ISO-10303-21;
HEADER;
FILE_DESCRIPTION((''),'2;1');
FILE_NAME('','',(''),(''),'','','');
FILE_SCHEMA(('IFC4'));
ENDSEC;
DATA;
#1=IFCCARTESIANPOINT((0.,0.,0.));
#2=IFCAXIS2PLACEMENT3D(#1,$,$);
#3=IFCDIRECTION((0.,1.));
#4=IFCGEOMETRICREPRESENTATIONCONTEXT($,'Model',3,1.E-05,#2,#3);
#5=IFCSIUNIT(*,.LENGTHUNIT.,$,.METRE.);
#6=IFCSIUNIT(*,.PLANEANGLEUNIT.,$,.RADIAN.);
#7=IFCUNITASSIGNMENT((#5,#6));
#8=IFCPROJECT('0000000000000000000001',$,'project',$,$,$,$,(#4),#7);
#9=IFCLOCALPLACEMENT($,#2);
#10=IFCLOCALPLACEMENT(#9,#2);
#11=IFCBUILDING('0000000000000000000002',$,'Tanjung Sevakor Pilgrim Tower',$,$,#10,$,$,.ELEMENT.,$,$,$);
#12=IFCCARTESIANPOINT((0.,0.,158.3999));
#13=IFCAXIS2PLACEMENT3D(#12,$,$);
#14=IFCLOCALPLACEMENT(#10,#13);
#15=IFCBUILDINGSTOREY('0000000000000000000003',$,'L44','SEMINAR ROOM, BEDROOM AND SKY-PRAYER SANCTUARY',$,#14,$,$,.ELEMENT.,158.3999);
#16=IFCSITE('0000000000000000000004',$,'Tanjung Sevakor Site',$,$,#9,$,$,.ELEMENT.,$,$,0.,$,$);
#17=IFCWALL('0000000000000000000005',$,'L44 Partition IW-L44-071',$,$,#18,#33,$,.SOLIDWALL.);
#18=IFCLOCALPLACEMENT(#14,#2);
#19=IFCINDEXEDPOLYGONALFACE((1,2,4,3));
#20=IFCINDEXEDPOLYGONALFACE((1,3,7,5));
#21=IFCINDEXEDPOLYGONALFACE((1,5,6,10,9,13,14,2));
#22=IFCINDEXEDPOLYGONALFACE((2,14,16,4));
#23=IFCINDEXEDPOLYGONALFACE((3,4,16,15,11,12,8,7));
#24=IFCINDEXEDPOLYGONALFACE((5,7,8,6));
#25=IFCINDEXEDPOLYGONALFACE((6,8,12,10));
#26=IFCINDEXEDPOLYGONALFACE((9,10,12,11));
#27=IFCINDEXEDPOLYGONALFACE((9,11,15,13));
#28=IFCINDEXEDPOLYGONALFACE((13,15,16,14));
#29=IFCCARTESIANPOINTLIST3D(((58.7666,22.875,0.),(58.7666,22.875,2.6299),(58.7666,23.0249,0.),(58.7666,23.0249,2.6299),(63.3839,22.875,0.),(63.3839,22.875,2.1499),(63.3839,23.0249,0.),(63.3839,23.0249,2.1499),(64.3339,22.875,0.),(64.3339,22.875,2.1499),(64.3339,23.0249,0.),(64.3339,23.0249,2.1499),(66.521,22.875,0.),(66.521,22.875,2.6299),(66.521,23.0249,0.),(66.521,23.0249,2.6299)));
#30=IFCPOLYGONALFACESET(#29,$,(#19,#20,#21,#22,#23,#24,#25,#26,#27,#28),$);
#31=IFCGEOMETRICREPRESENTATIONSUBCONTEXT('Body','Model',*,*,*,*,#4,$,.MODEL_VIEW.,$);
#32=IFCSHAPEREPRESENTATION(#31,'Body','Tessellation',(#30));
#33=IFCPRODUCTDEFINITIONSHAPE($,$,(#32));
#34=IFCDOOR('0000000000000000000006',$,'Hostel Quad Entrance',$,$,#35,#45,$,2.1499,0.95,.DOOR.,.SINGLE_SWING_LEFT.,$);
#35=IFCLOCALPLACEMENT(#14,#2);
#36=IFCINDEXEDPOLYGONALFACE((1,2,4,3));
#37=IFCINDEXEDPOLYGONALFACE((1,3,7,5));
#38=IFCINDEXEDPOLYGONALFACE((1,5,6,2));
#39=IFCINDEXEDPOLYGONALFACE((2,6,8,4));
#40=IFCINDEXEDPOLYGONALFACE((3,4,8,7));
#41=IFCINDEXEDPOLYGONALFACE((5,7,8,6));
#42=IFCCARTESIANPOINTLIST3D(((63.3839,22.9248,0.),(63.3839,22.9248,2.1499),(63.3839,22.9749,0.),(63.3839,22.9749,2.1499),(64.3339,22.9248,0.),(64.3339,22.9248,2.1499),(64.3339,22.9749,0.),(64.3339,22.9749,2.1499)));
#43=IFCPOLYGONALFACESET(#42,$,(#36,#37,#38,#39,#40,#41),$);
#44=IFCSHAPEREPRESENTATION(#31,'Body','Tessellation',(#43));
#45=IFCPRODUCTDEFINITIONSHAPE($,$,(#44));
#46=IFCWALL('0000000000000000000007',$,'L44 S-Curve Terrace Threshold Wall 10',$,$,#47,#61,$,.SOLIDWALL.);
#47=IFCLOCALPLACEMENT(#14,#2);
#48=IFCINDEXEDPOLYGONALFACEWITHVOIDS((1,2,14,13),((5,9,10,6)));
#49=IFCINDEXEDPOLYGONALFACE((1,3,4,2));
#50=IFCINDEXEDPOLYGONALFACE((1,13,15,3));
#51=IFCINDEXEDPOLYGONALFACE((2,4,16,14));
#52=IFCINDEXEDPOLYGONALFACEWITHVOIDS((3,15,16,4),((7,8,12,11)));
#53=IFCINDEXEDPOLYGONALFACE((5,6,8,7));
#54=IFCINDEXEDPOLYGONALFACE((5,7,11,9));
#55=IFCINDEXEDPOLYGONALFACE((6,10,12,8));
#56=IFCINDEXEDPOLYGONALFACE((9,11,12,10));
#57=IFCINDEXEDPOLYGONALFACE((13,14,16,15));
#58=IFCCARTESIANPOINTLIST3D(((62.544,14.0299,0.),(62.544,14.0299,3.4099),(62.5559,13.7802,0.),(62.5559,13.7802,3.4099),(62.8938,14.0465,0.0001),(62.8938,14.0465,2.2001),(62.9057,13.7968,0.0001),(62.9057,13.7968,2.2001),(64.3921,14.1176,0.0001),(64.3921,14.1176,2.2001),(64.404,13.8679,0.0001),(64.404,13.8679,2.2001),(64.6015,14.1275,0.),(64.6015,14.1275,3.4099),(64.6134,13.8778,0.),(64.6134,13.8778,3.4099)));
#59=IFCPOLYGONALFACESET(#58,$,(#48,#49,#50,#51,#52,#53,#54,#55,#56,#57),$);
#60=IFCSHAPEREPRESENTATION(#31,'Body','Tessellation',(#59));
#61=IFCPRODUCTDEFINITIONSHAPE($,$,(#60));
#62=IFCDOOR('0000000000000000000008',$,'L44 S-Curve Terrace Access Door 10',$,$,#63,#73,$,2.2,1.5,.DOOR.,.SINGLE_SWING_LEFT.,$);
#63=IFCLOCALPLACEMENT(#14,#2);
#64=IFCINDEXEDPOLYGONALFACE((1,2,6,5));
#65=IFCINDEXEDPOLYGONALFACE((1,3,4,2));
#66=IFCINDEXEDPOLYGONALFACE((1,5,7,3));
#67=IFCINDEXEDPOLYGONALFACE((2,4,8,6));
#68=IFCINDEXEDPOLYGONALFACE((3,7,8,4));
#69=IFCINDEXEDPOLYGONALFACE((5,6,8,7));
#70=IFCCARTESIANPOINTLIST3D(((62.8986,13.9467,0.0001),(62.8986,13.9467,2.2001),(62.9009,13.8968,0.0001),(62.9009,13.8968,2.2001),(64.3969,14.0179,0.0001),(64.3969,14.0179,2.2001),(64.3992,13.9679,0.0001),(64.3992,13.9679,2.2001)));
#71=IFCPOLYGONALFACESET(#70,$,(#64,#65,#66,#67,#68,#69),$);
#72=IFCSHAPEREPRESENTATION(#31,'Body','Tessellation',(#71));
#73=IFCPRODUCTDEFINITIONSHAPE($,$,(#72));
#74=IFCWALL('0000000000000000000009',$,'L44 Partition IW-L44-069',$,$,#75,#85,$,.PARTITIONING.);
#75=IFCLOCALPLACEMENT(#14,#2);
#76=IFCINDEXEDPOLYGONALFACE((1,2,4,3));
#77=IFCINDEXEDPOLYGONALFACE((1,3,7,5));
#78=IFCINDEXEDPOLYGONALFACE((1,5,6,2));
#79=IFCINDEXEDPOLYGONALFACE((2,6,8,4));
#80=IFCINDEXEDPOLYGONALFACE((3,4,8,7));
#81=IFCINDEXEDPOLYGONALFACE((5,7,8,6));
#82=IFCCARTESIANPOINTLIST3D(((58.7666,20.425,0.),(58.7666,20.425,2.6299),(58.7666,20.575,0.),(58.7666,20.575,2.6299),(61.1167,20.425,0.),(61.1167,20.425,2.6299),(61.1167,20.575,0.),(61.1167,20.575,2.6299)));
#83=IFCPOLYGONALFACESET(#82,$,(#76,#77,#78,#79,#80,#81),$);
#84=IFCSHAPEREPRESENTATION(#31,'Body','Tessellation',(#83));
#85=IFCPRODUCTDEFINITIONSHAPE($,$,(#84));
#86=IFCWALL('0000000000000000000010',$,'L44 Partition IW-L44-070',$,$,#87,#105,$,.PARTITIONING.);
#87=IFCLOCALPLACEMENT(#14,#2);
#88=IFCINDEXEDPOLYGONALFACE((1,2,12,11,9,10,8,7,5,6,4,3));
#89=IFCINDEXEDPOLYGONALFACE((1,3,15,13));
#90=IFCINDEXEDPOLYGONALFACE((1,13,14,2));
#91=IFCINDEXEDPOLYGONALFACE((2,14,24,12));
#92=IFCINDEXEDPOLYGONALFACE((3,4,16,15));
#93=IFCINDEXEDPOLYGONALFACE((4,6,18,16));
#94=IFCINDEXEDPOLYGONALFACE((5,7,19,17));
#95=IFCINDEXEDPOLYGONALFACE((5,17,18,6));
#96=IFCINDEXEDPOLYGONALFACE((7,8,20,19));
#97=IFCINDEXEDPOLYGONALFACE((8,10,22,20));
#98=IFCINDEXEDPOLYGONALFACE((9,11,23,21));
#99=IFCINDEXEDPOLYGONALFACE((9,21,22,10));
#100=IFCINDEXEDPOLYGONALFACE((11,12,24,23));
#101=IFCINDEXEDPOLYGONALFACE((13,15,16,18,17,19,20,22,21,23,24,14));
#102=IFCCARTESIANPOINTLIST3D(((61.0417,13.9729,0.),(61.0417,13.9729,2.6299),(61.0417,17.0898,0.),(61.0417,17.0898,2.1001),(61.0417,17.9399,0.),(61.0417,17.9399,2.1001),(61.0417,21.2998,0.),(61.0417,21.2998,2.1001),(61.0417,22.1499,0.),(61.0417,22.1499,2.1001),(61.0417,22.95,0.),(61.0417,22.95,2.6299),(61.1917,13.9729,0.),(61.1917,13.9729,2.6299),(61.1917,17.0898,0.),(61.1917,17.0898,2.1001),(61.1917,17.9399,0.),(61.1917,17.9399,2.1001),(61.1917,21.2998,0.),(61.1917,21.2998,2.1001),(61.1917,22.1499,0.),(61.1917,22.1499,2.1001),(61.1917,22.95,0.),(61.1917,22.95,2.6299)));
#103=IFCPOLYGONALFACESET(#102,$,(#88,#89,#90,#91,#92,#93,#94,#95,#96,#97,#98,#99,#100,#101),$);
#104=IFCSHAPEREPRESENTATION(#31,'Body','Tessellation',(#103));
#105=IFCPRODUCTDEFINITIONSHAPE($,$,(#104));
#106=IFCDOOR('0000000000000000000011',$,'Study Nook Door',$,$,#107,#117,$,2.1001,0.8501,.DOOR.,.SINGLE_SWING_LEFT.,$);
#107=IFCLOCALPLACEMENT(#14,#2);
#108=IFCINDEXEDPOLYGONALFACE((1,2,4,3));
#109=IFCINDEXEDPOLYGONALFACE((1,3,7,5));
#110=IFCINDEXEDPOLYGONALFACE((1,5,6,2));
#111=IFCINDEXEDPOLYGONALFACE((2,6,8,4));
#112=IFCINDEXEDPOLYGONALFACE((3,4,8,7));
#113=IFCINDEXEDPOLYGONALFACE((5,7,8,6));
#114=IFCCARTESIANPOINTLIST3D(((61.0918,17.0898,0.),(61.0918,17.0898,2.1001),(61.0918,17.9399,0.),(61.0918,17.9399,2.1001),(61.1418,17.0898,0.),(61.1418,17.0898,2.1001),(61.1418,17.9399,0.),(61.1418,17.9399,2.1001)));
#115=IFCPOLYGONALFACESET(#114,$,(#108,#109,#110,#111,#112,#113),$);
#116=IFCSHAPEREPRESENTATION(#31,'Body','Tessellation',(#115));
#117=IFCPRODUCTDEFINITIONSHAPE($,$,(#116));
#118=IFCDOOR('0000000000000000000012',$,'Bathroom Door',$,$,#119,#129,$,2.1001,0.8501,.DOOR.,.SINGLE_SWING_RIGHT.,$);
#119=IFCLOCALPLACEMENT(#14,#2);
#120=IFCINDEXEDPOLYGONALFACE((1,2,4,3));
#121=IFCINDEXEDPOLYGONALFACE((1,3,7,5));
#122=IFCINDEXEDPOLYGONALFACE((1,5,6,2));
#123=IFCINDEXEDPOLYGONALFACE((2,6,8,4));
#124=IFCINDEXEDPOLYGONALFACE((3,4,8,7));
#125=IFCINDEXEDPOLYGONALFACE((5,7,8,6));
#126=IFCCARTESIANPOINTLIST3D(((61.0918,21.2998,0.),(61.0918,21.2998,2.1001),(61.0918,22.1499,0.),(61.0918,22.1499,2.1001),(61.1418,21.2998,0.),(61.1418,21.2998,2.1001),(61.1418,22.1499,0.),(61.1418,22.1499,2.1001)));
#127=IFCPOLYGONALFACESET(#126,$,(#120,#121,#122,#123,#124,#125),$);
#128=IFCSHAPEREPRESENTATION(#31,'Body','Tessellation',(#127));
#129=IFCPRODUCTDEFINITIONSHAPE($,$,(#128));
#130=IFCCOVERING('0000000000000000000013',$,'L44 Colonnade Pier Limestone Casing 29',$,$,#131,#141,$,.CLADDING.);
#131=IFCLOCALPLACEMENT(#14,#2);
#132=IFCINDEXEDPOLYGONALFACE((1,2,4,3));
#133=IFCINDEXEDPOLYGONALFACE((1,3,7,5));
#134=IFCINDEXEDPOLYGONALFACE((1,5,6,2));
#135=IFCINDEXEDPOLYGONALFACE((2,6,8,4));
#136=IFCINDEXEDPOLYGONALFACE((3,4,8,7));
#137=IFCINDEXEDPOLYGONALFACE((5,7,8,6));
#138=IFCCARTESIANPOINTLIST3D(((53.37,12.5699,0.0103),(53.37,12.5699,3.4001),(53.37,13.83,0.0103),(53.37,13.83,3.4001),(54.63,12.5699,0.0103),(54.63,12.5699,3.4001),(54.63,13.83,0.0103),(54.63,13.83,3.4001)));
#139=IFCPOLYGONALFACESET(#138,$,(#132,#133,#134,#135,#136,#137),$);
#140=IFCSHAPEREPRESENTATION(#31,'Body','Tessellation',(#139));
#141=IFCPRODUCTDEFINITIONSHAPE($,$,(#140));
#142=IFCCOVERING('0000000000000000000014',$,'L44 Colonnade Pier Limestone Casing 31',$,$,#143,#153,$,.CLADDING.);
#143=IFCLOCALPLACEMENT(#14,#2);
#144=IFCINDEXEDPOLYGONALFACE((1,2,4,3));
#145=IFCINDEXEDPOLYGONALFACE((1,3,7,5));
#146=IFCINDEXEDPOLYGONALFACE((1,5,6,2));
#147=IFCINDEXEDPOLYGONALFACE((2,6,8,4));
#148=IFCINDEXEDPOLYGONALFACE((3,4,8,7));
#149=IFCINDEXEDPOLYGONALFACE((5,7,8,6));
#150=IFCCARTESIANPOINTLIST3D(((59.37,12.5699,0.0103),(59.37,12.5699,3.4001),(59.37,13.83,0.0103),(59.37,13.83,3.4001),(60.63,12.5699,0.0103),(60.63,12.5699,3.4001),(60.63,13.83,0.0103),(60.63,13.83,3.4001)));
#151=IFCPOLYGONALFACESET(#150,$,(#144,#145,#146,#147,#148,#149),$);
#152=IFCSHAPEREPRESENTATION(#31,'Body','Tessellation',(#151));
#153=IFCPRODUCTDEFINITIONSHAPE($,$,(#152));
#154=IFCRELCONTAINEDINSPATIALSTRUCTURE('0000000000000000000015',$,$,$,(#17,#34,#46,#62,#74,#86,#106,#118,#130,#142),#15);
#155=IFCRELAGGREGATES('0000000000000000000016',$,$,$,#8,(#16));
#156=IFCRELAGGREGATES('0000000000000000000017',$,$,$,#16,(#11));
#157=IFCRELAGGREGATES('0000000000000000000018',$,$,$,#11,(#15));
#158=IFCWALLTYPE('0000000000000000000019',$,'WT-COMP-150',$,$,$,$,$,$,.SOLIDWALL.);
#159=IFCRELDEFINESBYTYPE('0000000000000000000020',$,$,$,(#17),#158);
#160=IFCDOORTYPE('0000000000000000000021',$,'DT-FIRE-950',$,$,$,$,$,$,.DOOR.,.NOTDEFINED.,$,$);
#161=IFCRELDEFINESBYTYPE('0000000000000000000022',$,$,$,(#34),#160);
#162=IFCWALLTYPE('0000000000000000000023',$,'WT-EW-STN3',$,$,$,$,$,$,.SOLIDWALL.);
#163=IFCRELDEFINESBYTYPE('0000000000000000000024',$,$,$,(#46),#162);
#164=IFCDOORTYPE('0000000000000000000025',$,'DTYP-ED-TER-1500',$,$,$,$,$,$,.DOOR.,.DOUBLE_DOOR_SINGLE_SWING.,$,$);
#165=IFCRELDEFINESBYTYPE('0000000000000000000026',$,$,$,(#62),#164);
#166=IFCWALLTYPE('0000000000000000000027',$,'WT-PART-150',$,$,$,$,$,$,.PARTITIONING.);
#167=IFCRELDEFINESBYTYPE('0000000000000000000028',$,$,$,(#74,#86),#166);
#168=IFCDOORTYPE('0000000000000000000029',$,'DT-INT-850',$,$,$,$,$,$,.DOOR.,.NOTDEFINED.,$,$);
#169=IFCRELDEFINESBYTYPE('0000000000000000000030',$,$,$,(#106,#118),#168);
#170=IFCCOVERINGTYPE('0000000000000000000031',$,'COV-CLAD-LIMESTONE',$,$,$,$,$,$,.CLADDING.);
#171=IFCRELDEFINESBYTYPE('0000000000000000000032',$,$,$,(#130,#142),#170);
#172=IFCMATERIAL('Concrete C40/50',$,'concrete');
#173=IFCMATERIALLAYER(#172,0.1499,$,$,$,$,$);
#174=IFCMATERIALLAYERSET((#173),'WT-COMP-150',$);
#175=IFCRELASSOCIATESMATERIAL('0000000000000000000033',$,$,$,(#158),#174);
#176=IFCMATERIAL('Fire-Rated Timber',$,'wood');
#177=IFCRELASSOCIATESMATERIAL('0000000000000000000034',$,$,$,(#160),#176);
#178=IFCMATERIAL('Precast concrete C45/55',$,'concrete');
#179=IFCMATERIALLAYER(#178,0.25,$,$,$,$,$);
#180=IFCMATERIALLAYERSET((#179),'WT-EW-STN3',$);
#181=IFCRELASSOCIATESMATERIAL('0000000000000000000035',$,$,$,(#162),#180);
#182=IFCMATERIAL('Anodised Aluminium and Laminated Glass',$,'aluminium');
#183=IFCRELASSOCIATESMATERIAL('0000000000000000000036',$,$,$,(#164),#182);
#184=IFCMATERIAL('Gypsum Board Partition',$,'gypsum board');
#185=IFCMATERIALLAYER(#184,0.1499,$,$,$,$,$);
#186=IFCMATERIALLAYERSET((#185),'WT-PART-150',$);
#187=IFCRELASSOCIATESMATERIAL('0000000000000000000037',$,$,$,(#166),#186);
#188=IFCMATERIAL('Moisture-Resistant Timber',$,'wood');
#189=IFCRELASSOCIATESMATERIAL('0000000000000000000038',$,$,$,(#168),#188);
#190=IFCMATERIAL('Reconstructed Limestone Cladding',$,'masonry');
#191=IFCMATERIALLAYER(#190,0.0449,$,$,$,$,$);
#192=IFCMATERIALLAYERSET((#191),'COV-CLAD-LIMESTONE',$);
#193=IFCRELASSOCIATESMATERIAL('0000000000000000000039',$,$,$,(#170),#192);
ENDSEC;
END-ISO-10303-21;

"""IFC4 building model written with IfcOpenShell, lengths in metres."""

from ifc_helpers import new_model, si_unit, direction, frame, frame_2d, origin, origin_2d, place, context, subcontext, project, spatial, rectangle, extrude, material, layer, layer_set, type_object, element, fill, save


model = new_model("IFC4")

# Units and contexts
model_context = context("Model", 3, precision=1e-05, world=origin(), true_north=direction((0.0, 1.0)))
body_context = subcontext(model_context, "Body", "Model", "MODEL_VIEW")
ifc_project = project(units=[si_unit("LENGTHUNIT", "METRE"), si_unit("PLANEANGLEUNIT", "RADIAN")], contexts=[model_context])

# Site, building, storey
site_placement = place(None, origin())
site = spatial("IfcSite", under=ifc_project, at=site_placement, Name="Tanjung Sevakor Site", CompositionType="ELEMENT", RefElevation=0.0)
building_placement = place(site_placement, origin())
building = spatial("IfcBuilding", under=site, at=building_placement, Name="Tanjung Sevakor Pilgrim Tower", CompositionType="ELEMENT")
storey_placement = place(building_placement, frame((0.0, 0.0, 158.3999)))
storey = spatial("IfcBuildingStorey", under=building, at=storey_placement, Name="L44", Description="SEMINAR ROOM, BEDROOM AND SKY-PRAYER SANCTUARY", CompositionType="ELEMENT", Elevation=158.3999)

# Shared definitions
ifc_material_1 = material(Name="Concrete C40/50", Category="concrete")
ifc_layer_1 = layer(ifc_material_1, 0.1499)
ifc_layer_set_1 = layer_set([ifc_layer_1], Name="WT-COMP-150")
wall_type_1 = type_object("IfcWallType", Name="WT-COMP-150", PredefinedType="SOLIDWALL", material=ifc_layer_set_1)

# Walls, openings, doors
wall_1_placement = place(storey_placement, frame((58.7666, 22.95, 0.0), z_axis=(0.0, 0.0, 1.0), x_axis=(1.0, 0.0, 0.0)))
wall_1 = element("IfcWall", 1, at=wall_1_placement, inside=storey, type_object=wall_type_1, Name="L44 Partition IW-L44-071", PredefinedType="SOLIDWALL", context=body_context, shape_type="SweptSolid", body=[
    extrude(rectangle(XDim=7.7544, YDim=0.1499, at=frame_2d((3.8772, 0.0))), origin(), (0.0, 0.0, 1.0), 2.6299),
])
opening_1_placement = place(wall_1_placement, frame((4.6172, 0.0, 0.0)))
opening_1 = element("IfcOpeningElement", 2, at=opening_1_placement, cuts=wall_1, PredefinedType="OPENING", context=body_context, shape_type="SweptSolid", body=[
    extrude(rectangle(XDim=0.95, YDim=2.1499, at=frame_2d((0.4751, 1.075))), frame((0.0, 0.085, 0.0), z_axis=(0.0, -1.0, 0.0), x_axis=(1.0, 0.0, 0.0)), (0.0, 0.0, 1.0), 0.1699),
])
ifc_material_2 = material(Name="Fire-Rated Timber", Category="wood")
door_type_1 = type_object("IfcDoorType", Name="DT-FIRE-950", OperationType="NOTDEFINED", PredefinedType="DOOR", material=ifc_material_2)
door_1_placement = place(opening_1_placement, origin())
door_1 = element("IfcDoor", 3, at=door_1_placement, inside=storey, type_object=door_type_1, Name="Hostel Quad Entrance", OperationType="SINGLE_SWING_LEFT", OverallHeight=2.1499, OverallWidth=0.95, PredefinedType="DOOR", context=body_context, shape_type="SweptSolid", body=[
    extrude(rectangle(XDim=0.95, YDim=2.1499, at=frame_2d((0.4751, 1.075))), frame((0.0, 0.0249, 0.0), z_axis=(0.0, -1.0, 0.0), x_axis=(1.0, 0.0, 0.0)), (0.0, 0.0, 1.0), 0.05),
])
fill(opening_1, door_1)
ifc_material_3 = material(Name="Precast concrete C45/55", Category="concrete")
ifc_layer_2 = layer(ifc_material_3, 0.25)
ifc_layer_set_2 = layer_set([ifc_layer_2], Name="WT-EW-STN3")
wall_type_2 = type_object("IfcWallType", Name="WT-EW-STN3", PredefinedType="SOLIDWALL", material=ifc_layer_set_2)
wall_2_placement = place(storey_placement, frame((62.55, 13.905, 0.0), z_axis=(0.0, 0.0, 1.0), x_axis=(0.998876, 0.047407, 0.0)))
wall_2 = element("IfcWall", 4, at=wall_2_placement, inside=storey, type_object=wall_type_2, Name="L44 S-Curve Terrace Threshold Wall 10", PredefinedType="SOLIDWALL", context=body_context, shape_type="SweptSolid", body=[
    extrude(rectangle(XDim=2.0598, YDim=0.25, at=frame_2d((1.0298, 0.0))), origin(), (0.0, 0.0, 1.0), 3.4099),
])
opening_2_placement = place(wall_2_placement, frame((0.3501, 0.0, 0.0)))
opening_2 = element("IfcOpeningElement", 5, at=opening_2_placement, cuts=wall_2, PredefinedType="OPENING", context=body_context, shape_type="SweptSolid", body=[
    extrude(rectangle(XDim=1.5, YDim=2.2, at=frame_2d((0.75, 1.1001))), frame((0.0, 0.135, 0.0), z_axis=(0.0, -1.0, 0.0), x_axis=(1.0, 0.0, 0.0)), (0.0, 0.0, 1.0), 0.27),
])
ifc_material_4 = material(Name="Anodised Aluminium and Laminated Glass", Category="aluminium")
door_type_2 = type_object("IfcDoorType", Name="DTYP-ED-TER-1500", OperationType="DOUBLE_DOOR_SINGLE_SWING", PredefinedType="DOOR", material=ifc_material_4)
door_2_placement = place(opening_2_placement, frame((1.5, 0.0, 0.0), z_axis=(0.0, 0.0, 1.0), x_axis=(-1.0, 0.0, 0.0)))
door_2 = element("IfcDoor", 6, at=door_2_placement, inside=storey, type_object=door_type_2, Name="L44 S-Curve Terrace Access Door 10", OperationType="SINGLE_SWING_LEFT", OverallHeight=2.2, OverallWidth=1.5, PredefinedType="DOOR", context=body_context, shape_type="SweptSolid", body=[
    extrude(rectangle(XDim=1.5, YDim=2.2, at=frame_2d((0.75, 1.1001))), frame((0.0, 0.0249, 0.0), z_axis=(0.0, -1.0, 0.0), x_axis=(1.0, 0.0, 0.0)), (0.0, 0.0, 1.0), 0.05),
])
fill(opening_2, door_2)

# Wall
ifc_material_5 = material(Name="Gypsum Board Partition", Category="gypsum board")
ifc_layer_3 = layer(ifc_material_5, 0.1499)
ifc_layer_set_3 = layer_set([ifc_layer_3], Name="WT-PART-150")
wall_type_3 = type_object("IfcWallType", Name="WT-PART-150", PredefinedType="PARTITIONING", material=ifc_layer_set_3)
wall_3_placement = place(storey_placement, frame((58.7666, 20.5, 0.0), z_axis=(0.0, 0.0, 1.0), x_axis=(1.0, 0.0, 0.0)))
element("IfcWall", 7, at=wall_3_placement, inside=storey, type_object=wall_type_3, Name="L44 Partition IW-L44-069", PredefinedType="PARTITIONING", context=body_context, shape_type="SweptSolid", body=[
    extrude(rectangle(XDim=2.3501, YDim=0.1499, at=frame_2d((1.175, 0.0))), origin(), (0.0, 0.0, 1.0), 2.6299),
])

# Wall, openings, doors
wall_4_placement = place(storey_placement, frame((61.1167, 13.9729, 0.0), z_axis=(0.0, 0.0, 1.0), x_axis=(0.0, 1.0, 0.0)))
wall_4 = element("IfcWall", 8, at=wall_4_placement, inside=storey, type_object=wall_type_3, Name="L44 Partition IW-L44-070", PredefinedType="PARTITIONING", context=body_context, shape_type="SweptSolid", body=[
    extrude(rectangle(XDim=8.9771, YDim=0.1499, at=frame_2d((4.4885, 0.0))), origin(), (0.0, 0.0, 1.0), 2.6299),
])
opening_3_placement = place(wall_4_placement, frame((3.1169, 0.0, 0.0)))
opening_3 = element("IfcOpeningElement", 9, at=opening_3_placement, cuts=wall_4, PredefinedType="OPENING", context=body_context, shape_type="SweptSolid", body=[
    extrude(rectangle(XDim=0.8501, YDim=2.1001, at=frame_2d((0.425, 1.05))), frame((0.0, 0.085, 0.0), z_axis=(0.0, -1.0, 0.0), x_axis=(1.0, 0.0, 0.0)), (0.0, 0.0, 1.0), 0.1699),
])
opening_4_placement = place(wall_4_placement, frame((7.3269, 0.0, 0.0)))
opening_4 = element("IfcOpeningElement", 10, at=opening_4_placement, cuts=wall_4, PredefinedType="OPENING", context=body_context, shape_type="SweptSolid", body=[
    extrude(rectangle(XDim=0.8501, YDim=2.1001, at=frame_2d((0.425, 1.05))), frame((0.0, 0.085, 0.0), z_axis=(0.0, -1.0, 0.0), x_axis=(1.0, 0.0, 0.0)), (0.0, 0.0, 1.0), 0.1699),
])
ifc_material_6 = material(Name="Moisture-Resistant Timber", Category="wood")
door_type_3 = type_object("IfcDoorType", Name="DT-INT-850", OperationType="NOTDEFINED", PredefinedType="DOOR", material=ifc_material_6)
door_3_placement = place(opening_3_placement, origin())
door_3 = element("IfcDoor", 11, at=door_3_placement, inside=storey, type_object=door_type_3, Name="Study Nook Door", OperationType="SINGLE_SWING_LEFT", OverallHeight=2.1001, OverallWidth=0.8501, PredefinedType="DOOR", context=body_context, shape_type="SweptSolid", body=[
    extrude(rectangle(XDim=0.8501, YDim=2.1001, at=frame_2d((0.425, 1.05))), frame((0.0, 0.0249, 0.0), z_axis=(0.0, -1.0, 0.0), x_axis=(1.0, 0.0, 0.0)), (0.0, 0.0, 1.0), 0.05),
])
fill(opening_3, door_3)
door_4_placement = place(opening_4_placement, origin())
door_4 = element("IfcDoor", 12, at=door_4_placement, inside=storey, type_object=door_type_3, Name="Bathroom Door", OperationType="SINGLE_SWING_RIGHT", OverallHeight=2.1001, OverallWidth=0.8501, PredefinedType="DOOR", context=body_context, shape_type="SweptSolid", body=[
    extrude(rectangle(XDim=0.8501, YDim=2.1001, at=frame_2d((0.425, 1.05))), frame((0.0, 0.0249, 0.0), z_axis=(0.0, -1.0, 0.0), x_axis=(1.0, 0.0, 0.0)), (0.0, 0.0, 1.0), 0.05),
])
fill(opening_4, door_4)

# Coverings
ifc_material_7 = material(Name="Reconstructed Limestone Cladding", Category="masonry")
ifc_layer_4 = layer(ifc_material_7, 0.0449)
ifc_layer_set_4 = layer_set([ifc_layer_4], Name="COV-CLAD-LIMESTONE")
covering_type = type_object("IfcCoveringType", Name="COV-CLAD-LIMESTONE", PredefinedType="CLADDING", material=ifc_layer_set_4)
for number, where, z_axis, x_axis, name in (
    (13, (54.0, 13.2, 0.0103), (0.0, 0.0, 1.0), (1.0, 0.0, 0.0), "L44 Colonnade Pier Limestone Casing 29"),
    (14, (60.0, 13.2, 0.0103), (0.0, 0.0, 1.0), (1.0, 0.0, 0.0), "L44 Colonnade Pier Limestone Casing 31"),
):
    element("IfcCovering", number, at=place(storey_placement, frame(where, z_axis=z_axis, x_axis=x_axis)), inside=storey, type_object=covering_type, Name=name, PredefinedType="CLADDING", context=body_context, shape_type="SweptSolid", body=[
        extrude(rectangle(XDim=1.26, YDim=1.26, at=origin_2d()), origin(), (0.0, 0.0, 1.0), 3.3899),
    ])

save(model, "model.ifc")
